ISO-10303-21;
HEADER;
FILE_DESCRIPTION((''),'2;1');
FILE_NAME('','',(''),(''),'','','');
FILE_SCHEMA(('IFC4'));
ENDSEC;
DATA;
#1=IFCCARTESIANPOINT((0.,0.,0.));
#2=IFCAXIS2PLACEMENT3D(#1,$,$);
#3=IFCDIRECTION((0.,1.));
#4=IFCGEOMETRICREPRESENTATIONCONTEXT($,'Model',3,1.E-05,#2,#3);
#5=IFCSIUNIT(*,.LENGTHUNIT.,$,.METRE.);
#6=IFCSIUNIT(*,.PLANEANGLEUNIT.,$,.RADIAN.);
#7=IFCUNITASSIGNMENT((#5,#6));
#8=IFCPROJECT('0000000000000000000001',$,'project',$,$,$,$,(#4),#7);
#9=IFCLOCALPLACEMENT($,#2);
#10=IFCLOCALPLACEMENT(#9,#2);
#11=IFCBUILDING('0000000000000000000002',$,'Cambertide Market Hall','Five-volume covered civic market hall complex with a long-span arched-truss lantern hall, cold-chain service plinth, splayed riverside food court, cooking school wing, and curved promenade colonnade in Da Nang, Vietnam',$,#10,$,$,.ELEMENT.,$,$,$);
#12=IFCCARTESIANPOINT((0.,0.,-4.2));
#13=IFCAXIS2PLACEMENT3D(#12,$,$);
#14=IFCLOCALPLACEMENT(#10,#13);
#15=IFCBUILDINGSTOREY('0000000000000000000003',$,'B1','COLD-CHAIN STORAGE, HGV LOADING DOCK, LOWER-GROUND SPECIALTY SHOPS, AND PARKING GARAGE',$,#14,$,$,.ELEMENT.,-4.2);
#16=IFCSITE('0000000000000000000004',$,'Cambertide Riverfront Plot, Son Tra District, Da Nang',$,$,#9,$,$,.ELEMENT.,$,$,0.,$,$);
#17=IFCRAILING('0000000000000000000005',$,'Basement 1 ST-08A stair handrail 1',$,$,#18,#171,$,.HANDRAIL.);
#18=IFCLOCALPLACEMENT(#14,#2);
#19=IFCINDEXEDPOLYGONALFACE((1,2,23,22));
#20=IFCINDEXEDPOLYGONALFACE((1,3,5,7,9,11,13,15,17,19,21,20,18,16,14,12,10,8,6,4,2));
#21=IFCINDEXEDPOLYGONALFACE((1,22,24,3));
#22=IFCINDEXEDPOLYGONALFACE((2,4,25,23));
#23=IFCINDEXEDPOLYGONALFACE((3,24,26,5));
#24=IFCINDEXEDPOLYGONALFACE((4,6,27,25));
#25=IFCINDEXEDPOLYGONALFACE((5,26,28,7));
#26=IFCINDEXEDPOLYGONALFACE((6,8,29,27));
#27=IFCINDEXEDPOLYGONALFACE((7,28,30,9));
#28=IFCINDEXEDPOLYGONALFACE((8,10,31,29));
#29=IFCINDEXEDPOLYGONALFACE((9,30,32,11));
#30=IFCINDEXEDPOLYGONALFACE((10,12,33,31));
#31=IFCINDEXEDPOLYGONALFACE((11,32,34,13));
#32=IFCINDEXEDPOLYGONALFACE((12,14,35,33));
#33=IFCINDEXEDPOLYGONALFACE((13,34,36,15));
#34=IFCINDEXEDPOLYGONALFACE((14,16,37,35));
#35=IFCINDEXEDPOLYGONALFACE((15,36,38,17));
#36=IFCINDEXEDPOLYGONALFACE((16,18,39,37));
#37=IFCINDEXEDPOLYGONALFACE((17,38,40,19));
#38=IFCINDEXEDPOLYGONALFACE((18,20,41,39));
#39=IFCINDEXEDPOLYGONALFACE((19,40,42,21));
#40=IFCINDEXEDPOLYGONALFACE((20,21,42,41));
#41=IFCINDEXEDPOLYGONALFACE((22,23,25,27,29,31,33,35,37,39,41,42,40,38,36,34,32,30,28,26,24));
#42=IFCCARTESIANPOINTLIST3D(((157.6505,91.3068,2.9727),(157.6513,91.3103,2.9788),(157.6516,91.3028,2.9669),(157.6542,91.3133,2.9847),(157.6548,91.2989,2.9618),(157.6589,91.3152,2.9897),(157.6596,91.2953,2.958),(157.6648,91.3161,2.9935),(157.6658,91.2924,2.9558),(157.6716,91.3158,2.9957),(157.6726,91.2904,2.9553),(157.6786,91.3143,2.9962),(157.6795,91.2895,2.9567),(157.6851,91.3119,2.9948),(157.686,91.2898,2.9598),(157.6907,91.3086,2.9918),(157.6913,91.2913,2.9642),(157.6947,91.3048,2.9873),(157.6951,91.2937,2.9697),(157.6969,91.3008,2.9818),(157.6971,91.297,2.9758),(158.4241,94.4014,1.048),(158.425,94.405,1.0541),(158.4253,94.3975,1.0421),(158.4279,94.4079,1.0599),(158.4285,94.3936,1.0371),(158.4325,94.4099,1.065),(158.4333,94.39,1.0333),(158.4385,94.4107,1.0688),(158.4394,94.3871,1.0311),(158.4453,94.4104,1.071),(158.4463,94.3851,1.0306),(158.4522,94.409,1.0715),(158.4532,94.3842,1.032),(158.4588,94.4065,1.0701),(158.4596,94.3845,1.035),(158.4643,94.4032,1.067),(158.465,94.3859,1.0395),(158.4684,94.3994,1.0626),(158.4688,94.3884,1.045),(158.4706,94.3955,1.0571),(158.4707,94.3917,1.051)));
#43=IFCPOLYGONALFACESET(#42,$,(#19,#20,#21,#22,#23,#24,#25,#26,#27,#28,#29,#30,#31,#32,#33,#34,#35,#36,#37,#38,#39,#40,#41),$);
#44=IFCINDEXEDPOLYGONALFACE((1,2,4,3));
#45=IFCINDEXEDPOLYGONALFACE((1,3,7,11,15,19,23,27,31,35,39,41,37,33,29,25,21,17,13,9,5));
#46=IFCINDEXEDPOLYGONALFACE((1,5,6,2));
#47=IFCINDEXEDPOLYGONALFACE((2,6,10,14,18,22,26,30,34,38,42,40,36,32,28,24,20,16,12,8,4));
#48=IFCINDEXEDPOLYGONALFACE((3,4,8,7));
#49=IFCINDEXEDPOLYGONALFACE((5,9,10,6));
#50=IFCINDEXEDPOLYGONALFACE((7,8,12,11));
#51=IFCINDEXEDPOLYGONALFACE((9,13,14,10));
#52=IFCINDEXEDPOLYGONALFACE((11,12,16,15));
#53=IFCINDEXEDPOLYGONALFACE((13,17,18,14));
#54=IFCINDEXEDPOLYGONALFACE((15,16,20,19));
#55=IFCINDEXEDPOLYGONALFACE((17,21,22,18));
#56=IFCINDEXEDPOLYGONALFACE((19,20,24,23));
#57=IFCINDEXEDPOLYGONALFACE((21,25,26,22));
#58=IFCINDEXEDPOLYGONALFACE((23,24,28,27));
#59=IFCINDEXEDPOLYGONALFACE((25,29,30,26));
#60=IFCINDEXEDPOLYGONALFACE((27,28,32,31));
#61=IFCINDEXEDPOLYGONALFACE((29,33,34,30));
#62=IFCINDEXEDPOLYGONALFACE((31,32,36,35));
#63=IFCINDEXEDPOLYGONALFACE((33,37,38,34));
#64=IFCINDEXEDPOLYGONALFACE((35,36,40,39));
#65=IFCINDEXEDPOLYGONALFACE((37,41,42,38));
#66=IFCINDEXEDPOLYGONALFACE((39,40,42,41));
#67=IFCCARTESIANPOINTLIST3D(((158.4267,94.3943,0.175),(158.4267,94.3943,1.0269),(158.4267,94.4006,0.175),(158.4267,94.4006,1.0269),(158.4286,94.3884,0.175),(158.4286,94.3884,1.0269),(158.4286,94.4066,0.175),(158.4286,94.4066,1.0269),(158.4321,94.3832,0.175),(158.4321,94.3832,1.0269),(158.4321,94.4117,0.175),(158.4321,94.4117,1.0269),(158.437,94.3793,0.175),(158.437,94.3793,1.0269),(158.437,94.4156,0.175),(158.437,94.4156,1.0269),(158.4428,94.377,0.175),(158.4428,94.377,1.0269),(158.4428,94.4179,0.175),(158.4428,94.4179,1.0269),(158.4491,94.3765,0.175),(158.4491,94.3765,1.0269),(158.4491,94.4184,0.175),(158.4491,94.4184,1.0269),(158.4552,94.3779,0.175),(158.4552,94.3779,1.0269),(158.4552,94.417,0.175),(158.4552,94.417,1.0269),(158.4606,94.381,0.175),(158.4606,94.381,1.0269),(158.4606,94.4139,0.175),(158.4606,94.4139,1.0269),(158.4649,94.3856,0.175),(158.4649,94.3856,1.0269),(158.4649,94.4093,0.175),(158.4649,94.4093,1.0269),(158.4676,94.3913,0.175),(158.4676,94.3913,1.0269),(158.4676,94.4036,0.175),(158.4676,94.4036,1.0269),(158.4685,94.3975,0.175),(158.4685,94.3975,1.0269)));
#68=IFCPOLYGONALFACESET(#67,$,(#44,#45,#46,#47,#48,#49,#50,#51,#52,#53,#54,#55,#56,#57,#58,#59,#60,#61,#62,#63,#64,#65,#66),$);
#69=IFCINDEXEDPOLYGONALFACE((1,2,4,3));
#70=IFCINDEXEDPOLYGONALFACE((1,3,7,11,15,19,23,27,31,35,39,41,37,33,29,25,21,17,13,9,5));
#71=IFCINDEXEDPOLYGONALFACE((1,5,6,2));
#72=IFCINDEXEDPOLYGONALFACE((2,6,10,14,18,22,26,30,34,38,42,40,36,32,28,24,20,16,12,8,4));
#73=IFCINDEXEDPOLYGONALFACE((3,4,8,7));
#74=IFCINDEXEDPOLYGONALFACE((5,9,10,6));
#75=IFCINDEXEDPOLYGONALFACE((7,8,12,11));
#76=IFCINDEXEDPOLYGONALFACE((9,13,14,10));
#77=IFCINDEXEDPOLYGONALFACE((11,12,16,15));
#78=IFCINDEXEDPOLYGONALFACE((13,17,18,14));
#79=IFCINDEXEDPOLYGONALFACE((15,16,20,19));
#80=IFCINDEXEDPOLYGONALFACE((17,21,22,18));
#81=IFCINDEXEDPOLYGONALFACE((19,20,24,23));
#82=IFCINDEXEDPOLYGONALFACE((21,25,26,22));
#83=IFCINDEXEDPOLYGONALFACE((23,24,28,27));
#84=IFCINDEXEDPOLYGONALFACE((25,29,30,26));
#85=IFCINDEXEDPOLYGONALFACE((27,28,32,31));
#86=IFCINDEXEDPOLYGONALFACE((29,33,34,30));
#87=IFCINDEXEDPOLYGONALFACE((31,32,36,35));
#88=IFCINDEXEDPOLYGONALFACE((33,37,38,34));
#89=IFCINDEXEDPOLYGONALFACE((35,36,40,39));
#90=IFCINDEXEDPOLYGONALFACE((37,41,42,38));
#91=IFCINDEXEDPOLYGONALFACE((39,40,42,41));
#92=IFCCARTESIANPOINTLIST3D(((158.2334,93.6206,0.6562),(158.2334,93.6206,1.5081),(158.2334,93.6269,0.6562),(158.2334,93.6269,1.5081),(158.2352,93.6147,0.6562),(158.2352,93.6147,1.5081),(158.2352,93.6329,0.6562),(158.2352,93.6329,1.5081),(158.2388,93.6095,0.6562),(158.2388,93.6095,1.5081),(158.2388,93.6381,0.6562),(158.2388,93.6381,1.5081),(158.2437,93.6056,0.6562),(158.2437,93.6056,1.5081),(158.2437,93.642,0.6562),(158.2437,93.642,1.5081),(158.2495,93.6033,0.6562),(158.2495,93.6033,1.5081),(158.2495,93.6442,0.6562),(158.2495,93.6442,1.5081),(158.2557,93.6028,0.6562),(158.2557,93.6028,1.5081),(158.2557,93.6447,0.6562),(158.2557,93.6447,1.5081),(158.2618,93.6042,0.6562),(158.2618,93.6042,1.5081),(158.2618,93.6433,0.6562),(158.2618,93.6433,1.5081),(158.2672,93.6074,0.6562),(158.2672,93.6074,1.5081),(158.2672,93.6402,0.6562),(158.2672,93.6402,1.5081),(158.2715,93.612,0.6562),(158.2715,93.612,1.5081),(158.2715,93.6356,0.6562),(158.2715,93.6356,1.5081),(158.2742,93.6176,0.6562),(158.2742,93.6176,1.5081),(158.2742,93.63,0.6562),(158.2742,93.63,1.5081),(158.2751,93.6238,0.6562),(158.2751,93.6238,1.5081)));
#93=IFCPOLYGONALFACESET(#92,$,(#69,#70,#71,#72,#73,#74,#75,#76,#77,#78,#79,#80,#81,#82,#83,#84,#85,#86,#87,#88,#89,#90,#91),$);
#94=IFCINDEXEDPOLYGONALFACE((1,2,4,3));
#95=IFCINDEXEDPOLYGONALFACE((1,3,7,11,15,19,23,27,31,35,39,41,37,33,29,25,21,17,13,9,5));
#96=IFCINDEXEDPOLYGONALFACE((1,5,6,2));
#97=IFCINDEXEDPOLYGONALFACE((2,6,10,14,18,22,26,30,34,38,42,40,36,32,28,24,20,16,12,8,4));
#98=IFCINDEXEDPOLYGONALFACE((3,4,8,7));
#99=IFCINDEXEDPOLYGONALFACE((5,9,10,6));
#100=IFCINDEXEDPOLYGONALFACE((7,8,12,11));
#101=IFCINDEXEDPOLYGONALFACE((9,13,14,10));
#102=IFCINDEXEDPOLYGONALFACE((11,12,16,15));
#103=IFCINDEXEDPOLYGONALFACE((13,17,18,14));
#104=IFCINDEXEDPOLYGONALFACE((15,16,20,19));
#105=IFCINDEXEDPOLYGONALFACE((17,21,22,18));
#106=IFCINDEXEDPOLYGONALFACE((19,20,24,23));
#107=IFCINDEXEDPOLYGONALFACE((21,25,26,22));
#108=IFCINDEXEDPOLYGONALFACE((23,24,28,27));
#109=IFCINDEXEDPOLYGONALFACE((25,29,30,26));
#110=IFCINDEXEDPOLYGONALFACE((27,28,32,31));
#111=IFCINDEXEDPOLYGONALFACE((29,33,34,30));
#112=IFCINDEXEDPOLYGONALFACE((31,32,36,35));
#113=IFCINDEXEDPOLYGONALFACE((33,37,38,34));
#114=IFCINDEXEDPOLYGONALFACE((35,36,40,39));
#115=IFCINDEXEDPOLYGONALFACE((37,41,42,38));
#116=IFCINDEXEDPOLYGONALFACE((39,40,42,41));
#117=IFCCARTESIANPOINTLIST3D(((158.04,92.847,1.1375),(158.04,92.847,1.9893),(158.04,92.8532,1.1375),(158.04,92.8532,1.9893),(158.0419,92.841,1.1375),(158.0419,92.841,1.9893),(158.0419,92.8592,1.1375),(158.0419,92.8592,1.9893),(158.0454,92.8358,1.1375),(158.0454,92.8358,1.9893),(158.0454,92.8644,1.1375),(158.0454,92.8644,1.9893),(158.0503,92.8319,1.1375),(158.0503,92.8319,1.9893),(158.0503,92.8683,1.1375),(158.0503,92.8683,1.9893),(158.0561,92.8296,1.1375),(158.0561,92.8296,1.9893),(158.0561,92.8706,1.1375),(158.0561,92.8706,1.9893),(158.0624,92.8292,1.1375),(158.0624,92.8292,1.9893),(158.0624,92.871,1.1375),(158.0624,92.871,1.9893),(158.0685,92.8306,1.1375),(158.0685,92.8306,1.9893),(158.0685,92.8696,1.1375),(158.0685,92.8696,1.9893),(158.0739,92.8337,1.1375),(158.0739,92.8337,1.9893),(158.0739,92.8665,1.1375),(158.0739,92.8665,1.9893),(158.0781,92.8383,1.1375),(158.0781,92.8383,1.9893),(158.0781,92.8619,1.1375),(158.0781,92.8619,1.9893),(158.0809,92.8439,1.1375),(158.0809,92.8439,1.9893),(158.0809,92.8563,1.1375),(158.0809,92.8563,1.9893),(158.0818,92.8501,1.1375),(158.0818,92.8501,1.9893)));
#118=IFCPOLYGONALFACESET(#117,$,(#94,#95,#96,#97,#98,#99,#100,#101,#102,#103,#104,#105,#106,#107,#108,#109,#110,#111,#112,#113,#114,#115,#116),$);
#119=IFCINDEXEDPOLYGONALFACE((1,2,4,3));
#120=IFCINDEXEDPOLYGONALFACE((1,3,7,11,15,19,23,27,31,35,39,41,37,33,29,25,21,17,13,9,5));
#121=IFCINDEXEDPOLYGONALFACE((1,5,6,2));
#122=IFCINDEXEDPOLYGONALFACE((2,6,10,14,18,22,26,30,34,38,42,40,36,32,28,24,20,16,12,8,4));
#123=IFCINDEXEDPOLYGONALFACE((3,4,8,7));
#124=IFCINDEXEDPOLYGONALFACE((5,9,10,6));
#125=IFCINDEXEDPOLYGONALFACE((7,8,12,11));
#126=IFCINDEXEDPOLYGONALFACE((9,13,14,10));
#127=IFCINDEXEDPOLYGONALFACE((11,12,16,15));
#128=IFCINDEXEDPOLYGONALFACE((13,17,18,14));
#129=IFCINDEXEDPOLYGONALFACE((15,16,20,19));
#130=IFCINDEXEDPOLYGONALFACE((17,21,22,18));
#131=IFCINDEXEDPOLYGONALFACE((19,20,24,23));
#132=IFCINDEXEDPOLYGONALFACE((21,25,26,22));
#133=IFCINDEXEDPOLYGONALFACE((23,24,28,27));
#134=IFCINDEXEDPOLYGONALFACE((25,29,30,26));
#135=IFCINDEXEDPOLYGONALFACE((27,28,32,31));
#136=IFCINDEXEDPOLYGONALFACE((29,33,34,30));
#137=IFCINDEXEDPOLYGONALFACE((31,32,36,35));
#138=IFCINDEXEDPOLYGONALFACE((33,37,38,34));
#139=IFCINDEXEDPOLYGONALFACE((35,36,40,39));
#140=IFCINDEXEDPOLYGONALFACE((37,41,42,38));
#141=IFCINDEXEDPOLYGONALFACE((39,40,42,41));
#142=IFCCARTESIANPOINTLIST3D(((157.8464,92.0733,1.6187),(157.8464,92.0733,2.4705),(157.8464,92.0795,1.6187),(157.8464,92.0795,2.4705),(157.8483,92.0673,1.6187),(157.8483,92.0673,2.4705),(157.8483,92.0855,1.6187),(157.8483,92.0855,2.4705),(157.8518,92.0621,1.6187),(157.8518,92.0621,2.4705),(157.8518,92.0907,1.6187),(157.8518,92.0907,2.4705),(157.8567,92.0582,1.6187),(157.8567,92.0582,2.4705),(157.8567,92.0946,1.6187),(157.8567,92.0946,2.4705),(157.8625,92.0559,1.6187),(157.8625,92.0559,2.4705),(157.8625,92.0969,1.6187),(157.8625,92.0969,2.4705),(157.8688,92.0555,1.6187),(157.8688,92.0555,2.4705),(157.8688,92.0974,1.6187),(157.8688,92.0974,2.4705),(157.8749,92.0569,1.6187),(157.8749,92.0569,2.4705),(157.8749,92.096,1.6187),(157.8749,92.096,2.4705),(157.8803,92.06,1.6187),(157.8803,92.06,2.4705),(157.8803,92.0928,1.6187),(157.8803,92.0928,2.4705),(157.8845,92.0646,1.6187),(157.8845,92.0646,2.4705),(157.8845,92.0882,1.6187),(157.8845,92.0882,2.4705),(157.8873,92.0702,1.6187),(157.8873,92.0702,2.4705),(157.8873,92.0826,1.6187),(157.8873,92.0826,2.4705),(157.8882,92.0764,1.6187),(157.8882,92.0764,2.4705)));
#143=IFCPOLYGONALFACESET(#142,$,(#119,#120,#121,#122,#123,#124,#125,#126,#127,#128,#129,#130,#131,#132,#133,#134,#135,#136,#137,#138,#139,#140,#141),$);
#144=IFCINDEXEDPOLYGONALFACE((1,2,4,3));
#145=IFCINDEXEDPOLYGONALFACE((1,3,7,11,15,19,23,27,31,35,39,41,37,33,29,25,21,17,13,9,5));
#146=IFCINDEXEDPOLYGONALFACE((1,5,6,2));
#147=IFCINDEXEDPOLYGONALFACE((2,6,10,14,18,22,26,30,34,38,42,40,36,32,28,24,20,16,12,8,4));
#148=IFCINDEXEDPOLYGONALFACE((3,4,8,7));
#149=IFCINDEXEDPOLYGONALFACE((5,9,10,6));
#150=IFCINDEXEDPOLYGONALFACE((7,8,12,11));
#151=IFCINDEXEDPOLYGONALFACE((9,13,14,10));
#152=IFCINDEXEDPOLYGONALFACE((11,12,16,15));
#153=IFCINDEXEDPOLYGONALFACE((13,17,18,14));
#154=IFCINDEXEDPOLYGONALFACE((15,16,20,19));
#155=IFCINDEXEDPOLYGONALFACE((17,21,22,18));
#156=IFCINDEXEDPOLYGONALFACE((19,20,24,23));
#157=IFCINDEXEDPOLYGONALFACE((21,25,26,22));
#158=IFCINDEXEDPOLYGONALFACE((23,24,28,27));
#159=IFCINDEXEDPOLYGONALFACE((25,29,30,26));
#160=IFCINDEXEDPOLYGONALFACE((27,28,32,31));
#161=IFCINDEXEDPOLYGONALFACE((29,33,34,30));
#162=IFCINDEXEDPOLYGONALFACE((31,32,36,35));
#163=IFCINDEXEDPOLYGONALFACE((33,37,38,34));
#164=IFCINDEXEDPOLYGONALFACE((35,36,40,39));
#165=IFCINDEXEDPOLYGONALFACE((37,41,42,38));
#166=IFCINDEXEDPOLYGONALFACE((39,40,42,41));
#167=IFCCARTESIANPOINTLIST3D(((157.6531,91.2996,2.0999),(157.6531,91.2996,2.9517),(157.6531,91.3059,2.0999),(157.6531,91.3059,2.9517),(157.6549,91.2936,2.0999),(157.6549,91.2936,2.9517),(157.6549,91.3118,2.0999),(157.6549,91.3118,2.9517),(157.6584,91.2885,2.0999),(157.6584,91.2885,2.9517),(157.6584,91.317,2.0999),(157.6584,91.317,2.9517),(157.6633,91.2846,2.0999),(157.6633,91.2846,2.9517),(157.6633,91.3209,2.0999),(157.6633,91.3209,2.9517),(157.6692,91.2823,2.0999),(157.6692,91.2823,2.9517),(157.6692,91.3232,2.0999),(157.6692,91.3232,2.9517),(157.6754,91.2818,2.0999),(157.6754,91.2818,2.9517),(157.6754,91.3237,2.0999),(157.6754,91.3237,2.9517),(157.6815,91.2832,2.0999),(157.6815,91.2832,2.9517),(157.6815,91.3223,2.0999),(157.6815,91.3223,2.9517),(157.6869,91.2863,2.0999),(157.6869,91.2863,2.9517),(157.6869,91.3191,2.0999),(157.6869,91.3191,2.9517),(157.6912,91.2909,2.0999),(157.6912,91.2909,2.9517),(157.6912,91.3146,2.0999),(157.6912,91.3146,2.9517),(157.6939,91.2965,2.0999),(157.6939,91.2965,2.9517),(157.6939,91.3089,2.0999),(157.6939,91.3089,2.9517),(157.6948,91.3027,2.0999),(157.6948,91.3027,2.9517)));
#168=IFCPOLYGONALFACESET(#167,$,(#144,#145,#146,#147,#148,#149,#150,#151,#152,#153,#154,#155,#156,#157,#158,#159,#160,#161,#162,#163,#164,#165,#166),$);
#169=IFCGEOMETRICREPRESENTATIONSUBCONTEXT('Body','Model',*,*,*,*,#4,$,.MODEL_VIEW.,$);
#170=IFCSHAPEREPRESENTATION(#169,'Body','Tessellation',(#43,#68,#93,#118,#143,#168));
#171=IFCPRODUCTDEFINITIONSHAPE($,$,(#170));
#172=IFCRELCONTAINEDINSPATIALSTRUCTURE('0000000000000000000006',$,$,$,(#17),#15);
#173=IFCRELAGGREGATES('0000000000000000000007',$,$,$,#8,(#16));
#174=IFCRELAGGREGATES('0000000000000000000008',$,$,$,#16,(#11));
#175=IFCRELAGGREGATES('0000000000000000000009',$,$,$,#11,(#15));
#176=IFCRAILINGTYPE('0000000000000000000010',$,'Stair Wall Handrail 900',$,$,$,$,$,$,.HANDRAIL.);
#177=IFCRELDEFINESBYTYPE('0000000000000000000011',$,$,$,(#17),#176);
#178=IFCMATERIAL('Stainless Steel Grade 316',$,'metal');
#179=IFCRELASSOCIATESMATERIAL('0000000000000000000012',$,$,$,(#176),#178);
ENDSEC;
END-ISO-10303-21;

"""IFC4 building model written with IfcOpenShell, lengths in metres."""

from ifc_helpers import new_model, si_unit, direction, frame, origin, origin_2d, place, context, subcontext, project, spatial, circle, extrude, material, type_object, element, save


model = new_model("IFC4")

# Units and contexts
model_context = context("Model", 3, precision=1e-05, world=origin(), true_north=direction((0.0, 1.0)))
body_context = subcontext(model_context, "Body", "Model", "MODEL_VIEW")
ifc_project = project(units=[si_unit("LENGTHUNIT", "METRE"), si_unit("PLANEANGLEUNIT", "RADIAN")], contexts=[model_context])

# Site, building, storey
site_placement = place(None, origin())
site = spatial("IfcSite", under=ifc_project, at=site_placement, Name="Cambertide Riverfront Plot, Son Tra District, Da Nang", CompositionType="ELEMENT", RefElevation=0.0)
building_placement = place(site_placement, origin())
building = spatial("IfcBuilding", under=site, at=building_placement, Name="Cambertide Market Hall", Description="Five-volume covered civic market hall complex with a long-span arched-truss lantern hall, cold-chain service plinth, splayed riverside food court, cooking school wing, and curved promenade colonnade in Da Nang, Vietnam", CompositionType="ELEMENT")
storey_placement = place(building_placement, frame((0.0, 0.0, -4.2)))
storey = spatial("IfcBuildingStorey", under=building, at=storey_placement, Name="B1", Description="COLD-CHAIN STORAGE, HGV LOADING DOCK, LOWER-GROUND SPECIALTY SHOPS, AND PARKING GARAGE", CompositionType="ELEMENT", Elevation=-4.2)

# Railing
ifc_material_1 = material(Name="Stainless Steel Grade 316", Category="metal")
railing_type_1 = type_object("IfcRailingType", Name="Stair Wall Handrail 900", PredefinedType="HANDRAIL", material=ifc_material_1)
railing_1_placement = place(storey_placement, frame((158.4475, 94.3975, 0.175)))
element("IfcRailing", 1, at=railing_1_placement, inside=storey, type_object=railing_type_1, Name="Basement 1 ST-08A stair handrail 1", PredefinedType="HANDRAIL", context=body_context, shape_type="SweptSolid", body=[
    extrude(circle(Radius=0.0239, at=origin_2d()), frame((0.0, 0.0, 0.876), z_axis=(-0.207661, -0.830645, 0.51663), x_axis=(0.970143, -0.242536, 0.0)), (0.0, 0.0, 1.0), 3.7256),
    extrude(circle(Radius=0.021, at=origin_2d()), origin(), (0.0, 0.0, 1.0), 0.8518),
    extrude(circle(Radius=0.021, at=origin_2d()), frame((-0.1934, -0.7737, 0.4812)), (0.0, 0.0, 1.0), 0.8518),
    extrude(circle(Radius=0.021, at=origin_2d()), frame((-0.3867, -1.5474, 0.9624)), (0.0, 0.0, 1.0), 0.8518),
    extrude(circle(Radius=0.021, at=origin_2d()), frame((-0.5803, -2.321, 1.4436)), (0.0, 0.0, 1.0), 0.8518),
    extrude(circle(Radius=0.021, at=origin_2d()), frame((-0.7737, -3.0947, 1.9248)), (0.0, 0.0, 1.0), 0.8518),
])

save(model, "model.ifc")
